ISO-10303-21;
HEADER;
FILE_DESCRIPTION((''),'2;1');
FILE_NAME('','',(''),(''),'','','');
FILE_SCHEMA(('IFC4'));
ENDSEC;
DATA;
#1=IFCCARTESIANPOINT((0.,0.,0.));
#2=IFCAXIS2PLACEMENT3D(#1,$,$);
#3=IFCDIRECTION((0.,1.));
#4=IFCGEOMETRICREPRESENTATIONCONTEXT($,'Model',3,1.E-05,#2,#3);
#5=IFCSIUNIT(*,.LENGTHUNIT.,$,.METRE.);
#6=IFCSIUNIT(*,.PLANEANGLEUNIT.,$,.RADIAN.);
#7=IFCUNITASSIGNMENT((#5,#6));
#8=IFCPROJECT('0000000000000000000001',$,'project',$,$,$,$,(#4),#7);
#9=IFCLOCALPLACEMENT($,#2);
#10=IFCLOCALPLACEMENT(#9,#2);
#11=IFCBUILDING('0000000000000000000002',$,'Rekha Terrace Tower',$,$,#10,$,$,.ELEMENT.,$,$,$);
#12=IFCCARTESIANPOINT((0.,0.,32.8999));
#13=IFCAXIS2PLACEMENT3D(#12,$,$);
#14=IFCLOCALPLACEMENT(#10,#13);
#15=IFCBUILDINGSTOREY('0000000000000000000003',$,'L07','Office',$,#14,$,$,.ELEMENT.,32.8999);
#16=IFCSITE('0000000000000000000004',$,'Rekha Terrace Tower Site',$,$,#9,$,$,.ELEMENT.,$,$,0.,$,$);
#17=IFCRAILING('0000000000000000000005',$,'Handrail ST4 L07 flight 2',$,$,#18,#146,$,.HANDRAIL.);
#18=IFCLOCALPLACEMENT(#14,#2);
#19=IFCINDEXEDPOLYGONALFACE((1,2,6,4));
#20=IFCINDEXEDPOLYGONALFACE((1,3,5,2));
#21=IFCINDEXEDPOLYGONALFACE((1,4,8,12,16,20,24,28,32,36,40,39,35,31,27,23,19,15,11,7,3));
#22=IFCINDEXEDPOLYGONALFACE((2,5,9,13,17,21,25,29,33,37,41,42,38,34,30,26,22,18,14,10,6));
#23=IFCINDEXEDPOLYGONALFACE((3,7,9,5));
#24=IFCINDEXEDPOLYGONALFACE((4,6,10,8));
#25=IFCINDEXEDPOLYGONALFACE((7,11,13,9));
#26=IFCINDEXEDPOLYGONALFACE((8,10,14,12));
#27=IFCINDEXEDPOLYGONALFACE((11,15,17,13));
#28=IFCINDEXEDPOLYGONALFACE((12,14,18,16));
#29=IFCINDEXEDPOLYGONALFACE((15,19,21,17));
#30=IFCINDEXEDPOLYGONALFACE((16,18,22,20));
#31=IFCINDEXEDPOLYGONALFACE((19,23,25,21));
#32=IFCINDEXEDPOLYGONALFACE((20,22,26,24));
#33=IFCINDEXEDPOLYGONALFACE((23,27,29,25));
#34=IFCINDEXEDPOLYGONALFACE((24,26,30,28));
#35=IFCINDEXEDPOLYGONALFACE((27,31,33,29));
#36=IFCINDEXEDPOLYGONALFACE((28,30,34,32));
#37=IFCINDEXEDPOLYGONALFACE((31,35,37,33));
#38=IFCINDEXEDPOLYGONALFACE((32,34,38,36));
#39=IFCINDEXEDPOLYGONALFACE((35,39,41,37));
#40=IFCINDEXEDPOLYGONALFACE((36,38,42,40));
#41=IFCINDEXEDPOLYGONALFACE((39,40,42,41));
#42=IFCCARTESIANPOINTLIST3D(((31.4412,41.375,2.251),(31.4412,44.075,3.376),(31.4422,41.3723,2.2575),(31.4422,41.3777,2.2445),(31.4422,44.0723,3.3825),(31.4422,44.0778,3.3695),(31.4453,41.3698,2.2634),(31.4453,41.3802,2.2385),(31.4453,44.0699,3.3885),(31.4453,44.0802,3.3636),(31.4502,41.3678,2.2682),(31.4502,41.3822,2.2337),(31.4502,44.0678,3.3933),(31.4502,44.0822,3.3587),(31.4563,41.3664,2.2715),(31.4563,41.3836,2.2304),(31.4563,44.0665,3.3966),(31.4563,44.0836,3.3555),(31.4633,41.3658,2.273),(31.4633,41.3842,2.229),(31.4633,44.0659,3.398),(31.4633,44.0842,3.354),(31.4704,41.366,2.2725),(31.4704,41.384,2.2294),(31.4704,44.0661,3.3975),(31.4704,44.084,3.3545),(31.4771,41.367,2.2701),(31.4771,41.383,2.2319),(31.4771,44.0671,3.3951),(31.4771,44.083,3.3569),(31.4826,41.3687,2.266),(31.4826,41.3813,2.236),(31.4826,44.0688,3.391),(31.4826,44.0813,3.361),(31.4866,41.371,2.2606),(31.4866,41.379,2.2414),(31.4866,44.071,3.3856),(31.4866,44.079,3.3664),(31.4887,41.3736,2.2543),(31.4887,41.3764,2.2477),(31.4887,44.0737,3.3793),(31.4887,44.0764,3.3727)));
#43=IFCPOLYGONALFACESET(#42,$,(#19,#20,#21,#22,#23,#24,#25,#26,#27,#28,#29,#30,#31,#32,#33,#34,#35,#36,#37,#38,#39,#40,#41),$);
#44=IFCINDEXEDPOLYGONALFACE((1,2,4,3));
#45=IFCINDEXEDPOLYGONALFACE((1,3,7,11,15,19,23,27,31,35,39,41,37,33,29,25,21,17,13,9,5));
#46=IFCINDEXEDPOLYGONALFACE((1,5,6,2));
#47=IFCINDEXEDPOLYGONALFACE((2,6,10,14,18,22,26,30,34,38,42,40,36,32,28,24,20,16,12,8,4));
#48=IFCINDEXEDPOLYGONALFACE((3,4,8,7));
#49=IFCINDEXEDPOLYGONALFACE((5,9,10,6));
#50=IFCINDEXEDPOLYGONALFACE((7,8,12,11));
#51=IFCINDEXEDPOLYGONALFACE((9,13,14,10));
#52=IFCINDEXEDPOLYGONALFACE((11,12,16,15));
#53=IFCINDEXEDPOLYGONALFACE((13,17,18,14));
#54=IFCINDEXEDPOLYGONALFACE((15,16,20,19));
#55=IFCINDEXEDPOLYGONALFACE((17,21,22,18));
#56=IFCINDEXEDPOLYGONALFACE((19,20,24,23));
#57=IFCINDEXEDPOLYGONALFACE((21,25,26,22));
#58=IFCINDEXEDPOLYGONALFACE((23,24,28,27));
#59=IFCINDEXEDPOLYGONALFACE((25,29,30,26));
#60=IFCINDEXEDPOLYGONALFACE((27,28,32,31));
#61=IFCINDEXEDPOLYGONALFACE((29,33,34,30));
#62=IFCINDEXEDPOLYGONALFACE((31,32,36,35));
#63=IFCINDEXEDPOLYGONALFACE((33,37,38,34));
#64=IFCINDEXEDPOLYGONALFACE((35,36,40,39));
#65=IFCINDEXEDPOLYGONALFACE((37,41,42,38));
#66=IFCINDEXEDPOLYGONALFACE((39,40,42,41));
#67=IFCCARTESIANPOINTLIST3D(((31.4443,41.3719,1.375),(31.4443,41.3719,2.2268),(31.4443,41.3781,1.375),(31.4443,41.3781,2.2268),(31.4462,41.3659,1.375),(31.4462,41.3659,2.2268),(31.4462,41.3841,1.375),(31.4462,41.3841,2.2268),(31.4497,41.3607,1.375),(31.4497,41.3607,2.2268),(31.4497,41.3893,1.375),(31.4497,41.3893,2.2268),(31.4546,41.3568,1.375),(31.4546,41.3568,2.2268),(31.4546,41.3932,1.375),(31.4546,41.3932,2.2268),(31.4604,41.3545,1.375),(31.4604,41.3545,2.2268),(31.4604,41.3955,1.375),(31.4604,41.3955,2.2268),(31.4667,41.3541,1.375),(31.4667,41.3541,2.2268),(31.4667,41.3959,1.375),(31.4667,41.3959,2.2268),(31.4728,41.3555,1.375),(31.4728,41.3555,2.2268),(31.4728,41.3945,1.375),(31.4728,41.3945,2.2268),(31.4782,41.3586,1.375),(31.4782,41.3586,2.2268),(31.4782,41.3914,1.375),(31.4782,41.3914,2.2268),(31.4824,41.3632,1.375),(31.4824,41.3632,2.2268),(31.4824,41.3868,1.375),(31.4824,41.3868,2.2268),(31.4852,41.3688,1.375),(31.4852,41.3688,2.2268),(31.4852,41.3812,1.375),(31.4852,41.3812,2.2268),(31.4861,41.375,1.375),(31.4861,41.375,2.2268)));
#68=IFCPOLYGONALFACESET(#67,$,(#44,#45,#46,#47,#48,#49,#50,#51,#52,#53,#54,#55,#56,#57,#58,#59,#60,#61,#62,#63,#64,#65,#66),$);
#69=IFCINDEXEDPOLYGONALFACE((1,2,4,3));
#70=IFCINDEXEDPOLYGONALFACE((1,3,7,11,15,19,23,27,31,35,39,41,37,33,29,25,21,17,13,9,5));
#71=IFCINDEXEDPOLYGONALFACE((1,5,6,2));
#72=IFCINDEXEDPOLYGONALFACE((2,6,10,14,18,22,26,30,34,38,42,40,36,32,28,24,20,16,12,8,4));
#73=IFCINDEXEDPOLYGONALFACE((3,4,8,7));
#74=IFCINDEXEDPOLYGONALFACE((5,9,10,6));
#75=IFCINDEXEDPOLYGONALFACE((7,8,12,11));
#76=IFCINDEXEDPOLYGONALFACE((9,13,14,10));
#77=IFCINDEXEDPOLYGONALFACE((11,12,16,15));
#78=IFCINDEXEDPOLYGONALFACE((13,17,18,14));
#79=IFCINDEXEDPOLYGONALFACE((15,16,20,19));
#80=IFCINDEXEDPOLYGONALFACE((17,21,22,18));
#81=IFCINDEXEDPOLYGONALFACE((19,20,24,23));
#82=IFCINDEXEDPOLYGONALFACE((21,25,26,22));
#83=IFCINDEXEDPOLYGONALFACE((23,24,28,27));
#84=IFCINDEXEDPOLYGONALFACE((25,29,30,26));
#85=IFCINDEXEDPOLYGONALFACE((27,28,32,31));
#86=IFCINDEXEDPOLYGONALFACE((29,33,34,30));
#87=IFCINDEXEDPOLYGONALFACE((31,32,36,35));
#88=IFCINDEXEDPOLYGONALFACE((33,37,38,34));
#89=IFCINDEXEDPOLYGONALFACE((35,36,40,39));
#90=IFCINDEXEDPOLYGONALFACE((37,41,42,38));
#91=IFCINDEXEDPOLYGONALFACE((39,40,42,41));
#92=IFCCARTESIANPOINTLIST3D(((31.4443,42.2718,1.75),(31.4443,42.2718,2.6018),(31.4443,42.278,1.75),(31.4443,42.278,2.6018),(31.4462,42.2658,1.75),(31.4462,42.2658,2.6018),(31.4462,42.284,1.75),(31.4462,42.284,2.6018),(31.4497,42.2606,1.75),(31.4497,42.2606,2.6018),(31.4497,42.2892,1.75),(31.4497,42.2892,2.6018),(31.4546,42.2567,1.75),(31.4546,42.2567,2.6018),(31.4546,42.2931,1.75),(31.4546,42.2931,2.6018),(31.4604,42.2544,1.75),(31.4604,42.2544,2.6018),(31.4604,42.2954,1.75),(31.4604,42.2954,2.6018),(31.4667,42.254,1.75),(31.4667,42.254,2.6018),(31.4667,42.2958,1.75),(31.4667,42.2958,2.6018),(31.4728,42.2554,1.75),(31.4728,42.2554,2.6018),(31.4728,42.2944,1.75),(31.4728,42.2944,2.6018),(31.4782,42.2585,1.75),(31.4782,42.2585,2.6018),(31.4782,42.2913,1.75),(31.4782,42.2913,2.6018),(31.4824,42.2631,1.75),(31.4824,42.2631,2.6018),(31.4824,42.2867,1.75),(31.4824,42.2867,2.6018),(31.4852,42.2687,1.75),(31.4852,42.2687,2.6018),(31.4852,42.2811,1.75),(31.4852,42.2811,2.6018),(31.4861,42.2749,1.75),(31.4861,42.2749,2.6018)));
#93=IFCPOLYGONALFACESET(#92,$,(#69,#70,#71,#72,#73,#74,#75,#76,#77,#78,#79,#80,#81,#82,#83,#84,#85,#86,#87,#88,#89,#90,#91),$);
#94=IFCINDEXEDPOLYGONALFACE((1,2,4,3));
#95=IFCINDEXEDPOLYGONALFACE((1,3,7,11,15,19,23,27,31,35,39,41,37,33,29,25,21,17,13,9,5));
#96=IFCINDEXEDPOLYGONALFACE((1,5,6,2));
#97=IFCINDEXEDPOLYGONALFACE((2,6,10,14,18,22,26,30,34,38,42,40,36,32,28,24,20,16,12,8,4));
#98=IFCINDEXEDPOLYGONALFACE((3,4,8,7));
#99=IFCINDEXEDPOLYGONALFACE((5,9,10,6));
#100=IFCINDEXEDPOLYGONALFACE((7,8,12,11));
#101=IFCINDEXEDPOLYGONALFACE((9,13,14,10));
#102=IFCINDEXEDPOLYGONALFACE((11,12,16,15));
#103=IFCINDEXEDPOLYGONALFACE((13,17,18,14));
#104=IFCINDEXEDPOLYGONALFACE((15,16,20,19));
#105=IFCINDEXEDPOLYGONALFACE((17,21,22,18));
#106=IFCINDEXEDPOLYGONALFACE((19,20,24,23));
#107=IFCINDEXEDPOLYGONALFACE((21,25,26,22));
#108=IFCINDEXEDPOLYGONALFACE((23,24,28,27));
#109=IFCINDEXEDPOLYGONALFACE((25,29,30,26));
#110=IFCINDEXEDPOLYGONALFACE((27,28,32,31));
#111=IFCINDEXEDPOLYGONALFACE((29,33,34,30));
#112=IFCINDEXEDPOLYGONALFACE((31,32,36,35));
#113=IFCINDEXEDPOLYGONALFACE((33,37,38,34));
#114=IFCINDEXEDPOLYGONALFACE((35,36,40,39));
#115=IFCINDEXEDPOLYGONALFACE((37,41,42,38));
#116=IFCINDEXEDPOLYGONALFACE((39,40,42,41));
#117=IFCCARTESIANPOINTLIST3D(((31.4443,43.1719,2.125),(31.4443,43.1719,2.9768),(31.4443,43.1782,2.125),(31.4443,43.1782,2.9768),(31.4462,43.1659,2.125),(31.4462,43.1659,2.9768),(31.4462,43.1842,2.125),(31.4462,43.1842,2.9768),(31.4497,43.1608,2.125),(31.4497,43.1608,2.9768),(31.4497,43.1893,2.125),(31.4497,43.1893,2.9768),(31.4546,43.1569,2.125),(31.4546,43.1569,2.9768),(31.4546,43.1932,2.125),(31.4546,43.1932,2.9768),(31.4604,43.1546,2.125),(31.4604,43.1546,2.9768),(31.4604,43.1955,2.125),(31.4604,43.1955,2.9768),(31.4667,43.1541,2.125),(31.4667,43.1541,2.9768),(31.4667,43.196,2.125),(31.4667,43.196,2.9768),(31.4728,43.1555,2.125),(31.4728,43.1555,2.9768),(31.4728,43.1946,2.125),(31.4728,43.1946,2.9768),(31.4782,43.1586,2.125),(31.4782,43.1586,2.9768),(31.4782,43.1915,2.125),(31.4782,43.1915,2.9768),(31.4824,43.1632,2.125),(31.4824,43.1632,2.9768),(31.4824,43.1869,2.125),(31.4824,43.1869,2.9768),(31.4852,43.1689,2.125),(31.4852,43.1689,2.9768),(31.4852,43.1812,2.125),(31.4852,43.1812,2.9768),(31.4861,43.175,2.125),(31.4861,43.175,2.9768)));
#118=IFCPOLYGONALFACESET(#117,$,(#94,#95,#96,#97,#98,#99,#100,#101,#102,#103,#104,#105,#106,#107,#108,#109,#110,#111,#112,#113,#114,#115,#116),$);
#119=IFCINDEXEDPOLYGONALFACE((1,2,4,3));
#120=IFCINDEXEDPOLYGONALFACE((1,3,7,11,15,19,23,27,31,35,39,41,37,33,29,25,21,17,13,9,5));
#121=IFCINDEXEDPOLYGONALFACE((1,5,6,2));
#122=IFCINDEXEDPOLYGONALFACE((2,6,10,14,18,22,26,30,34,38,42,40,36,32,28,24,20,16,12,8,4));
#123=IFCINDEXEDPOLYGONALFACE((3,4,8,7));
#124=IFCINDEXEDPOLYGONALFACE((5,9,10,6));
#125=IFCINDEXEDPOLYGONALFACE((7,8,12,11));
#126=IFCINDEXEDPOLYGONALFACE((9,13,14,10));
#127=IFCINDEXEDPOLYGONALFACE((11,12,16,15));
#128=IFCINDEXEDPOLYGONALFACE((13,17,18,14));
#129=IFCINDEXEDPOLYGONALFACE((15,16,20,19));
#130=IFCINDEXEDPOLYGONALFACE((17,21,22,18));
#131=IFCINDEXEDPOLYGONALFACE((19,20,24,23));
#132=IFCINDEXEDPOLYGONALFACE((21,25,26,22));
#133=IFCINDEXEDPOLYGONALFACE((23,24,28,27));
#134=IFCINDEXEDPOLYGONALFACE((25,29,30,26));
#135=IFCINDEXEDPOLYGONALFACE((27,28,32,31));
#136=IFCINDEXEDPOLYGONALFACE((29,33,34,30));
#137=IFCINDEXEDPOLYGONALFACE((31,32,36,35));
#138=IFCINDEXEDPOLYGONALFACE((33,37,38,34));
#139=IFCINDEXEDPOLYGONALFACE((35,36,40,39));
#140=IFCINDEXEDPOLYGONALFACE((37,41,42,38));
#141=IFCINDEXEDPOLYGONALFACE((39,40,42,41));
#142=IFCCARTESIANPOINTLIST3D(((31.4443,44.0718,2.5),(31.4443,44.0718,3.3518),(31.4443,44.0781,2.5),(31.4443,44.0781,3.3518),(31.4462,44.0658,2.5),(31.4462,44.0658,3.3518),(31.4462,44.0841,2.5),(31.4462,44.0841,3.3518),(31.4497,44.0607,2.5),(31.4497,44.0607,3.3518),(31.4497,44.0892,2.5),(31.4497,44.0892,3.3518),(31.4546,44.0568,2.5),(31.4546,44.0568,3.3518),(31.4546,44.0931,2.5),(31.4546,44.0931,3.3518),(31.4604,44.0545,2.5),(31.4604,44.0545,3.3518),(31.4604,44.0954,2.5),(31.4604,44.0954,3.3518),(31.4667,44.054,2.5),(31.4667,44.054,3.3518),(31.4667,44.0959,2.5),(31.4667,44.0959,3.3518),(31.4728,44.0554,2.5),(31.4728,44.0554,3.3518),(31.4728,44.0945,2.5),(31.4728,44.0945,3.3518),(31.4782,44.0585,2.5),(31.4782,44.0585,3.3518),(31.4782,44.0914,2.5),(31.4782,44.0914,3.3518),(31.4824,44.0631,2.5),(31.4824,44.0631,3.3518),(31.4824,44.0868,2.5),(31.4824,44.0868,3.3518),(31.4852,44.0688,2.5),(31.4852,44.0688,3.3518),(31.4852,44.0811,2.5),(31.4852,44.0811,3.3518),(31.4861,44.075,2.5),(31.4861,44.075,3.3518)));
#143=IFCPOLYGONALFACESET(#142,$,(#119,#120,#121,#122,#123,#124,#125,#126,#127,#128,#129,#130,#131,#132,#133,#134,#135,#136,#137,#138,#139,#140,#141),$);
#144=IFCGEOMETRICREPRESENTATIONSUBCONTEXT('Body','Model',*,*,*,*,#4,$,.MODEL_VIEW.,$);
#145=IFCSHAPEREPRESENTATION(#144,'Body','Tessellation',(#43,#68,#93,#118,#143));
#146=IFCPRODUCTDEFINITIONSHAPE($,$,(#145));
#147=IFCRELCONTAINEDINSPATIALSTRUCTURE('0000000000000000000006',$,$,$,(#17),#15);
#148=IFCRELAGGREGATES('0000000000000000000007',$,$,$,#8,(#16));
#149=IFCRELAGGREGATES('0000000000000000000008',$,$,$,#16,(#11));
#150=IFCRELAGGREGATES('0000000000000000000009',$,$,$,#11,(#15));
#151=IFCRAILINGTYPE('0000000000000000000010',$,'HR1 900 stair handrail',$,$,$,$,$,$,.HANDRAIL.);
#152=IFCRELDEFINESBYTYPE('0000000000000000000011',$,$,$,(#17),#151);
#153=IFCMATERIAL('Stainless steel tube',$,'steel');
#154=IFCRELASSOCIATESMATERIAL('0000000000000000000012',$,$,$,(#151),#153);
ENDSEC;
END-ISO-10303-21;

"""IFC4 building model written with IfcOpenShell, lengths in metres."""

from ifc_helpers import new_model, si_unit, direction, frame, origin, origin_2d, place, context, subcontext, project, spatial, circle, extrude, material, type_object, element, save


model = new_model("IFC4")

# Units and contexts
model_context = context("Model", 3, precision=1e-05, world=origin(), true_north=direction((0.0, 1.0)))
body_context = subcontext(model_context, "Body", "Model", "MODEL_VIEW")
ifc_project = project(units=[si_unit("LENGTHUNIT", "METRE"), si_unit("PLANEANGLEUNIT", "RADIAN")], contexts=[model_context])

# Site, building, storey
site_placement = place(None, origin())
site = spatial("IfcSite", under=ifc_project, at=site_placement, Name="Rekha Terrace Tower Site", CompositionType="ELEMENT", RefElevation=0.0)
building_placement = place(site_placement, origin())
building = spatial("IfcBuilding", under=site, at=building_placement, Name="Rekha Terrace Tower", CompositionType="ELEMENT")
storey_placement = place(building_placement, frame((0.0, 0.0, 32.8999)))
storey = spatial("IfcBuildingStorey", under=building, at=storey_placement, Name="L07", Description="Office", CompositionType="ELEMENT", Elevation=32.8999)

# Railing
ifc_material_1 = material(Name="Stainless steel tube", Category="steel")
railing_type_1 = type_object("IfcRailingType", Name="HR1 900 stair handrail", PredefinedType="HANDRAIL", material=ifc_material_1)
for number, where, name in (
    (1, (31.4651, 41.375, 1.375), "Handrail ST4 L07 flight 2"),
):
    element("IfcRailing", number, at=place(storey_placement, frame(where)), inside=storey, type_object=railing_type_1, Name=name, PredefinedType="HANDRAIL", context=body_context, shape_type="SweptSolid", body=[
        extrude(circle(Radius=0.0239, at=origin_2d()), frame((0.0, 0.0, 0.876), z_axis=(0.0, 0.923074, 0.384621), x_axis=(-1.0, 0.0, 0.0)), (0.0, 0.0, 1.0), 2.925),
        extrude(circle(Radius=0.021, at=origin_2d()), origin(), (0.0, 0.0, 1.0), 0.8518),
        extrude(circle(Radius=0.021, at=origin_2d()), frame((0.0, 0.8999, 0.375)), (0.0, 0.0, 1.0), 0.8518),
        extrude(circle(Radius=0.021, at=origin_2d()), frame((0.0, 1.8, 0.75)), (0.0, 0.0, 1.0), 0.8518),
        extrude(circle(Radius=0.021, at=origin_2d()), frame((0.0, 2.7, 1.125)), (0.0, 0.0, 1.0), 0.8518),
    ])

save(model, "model.ifc")
